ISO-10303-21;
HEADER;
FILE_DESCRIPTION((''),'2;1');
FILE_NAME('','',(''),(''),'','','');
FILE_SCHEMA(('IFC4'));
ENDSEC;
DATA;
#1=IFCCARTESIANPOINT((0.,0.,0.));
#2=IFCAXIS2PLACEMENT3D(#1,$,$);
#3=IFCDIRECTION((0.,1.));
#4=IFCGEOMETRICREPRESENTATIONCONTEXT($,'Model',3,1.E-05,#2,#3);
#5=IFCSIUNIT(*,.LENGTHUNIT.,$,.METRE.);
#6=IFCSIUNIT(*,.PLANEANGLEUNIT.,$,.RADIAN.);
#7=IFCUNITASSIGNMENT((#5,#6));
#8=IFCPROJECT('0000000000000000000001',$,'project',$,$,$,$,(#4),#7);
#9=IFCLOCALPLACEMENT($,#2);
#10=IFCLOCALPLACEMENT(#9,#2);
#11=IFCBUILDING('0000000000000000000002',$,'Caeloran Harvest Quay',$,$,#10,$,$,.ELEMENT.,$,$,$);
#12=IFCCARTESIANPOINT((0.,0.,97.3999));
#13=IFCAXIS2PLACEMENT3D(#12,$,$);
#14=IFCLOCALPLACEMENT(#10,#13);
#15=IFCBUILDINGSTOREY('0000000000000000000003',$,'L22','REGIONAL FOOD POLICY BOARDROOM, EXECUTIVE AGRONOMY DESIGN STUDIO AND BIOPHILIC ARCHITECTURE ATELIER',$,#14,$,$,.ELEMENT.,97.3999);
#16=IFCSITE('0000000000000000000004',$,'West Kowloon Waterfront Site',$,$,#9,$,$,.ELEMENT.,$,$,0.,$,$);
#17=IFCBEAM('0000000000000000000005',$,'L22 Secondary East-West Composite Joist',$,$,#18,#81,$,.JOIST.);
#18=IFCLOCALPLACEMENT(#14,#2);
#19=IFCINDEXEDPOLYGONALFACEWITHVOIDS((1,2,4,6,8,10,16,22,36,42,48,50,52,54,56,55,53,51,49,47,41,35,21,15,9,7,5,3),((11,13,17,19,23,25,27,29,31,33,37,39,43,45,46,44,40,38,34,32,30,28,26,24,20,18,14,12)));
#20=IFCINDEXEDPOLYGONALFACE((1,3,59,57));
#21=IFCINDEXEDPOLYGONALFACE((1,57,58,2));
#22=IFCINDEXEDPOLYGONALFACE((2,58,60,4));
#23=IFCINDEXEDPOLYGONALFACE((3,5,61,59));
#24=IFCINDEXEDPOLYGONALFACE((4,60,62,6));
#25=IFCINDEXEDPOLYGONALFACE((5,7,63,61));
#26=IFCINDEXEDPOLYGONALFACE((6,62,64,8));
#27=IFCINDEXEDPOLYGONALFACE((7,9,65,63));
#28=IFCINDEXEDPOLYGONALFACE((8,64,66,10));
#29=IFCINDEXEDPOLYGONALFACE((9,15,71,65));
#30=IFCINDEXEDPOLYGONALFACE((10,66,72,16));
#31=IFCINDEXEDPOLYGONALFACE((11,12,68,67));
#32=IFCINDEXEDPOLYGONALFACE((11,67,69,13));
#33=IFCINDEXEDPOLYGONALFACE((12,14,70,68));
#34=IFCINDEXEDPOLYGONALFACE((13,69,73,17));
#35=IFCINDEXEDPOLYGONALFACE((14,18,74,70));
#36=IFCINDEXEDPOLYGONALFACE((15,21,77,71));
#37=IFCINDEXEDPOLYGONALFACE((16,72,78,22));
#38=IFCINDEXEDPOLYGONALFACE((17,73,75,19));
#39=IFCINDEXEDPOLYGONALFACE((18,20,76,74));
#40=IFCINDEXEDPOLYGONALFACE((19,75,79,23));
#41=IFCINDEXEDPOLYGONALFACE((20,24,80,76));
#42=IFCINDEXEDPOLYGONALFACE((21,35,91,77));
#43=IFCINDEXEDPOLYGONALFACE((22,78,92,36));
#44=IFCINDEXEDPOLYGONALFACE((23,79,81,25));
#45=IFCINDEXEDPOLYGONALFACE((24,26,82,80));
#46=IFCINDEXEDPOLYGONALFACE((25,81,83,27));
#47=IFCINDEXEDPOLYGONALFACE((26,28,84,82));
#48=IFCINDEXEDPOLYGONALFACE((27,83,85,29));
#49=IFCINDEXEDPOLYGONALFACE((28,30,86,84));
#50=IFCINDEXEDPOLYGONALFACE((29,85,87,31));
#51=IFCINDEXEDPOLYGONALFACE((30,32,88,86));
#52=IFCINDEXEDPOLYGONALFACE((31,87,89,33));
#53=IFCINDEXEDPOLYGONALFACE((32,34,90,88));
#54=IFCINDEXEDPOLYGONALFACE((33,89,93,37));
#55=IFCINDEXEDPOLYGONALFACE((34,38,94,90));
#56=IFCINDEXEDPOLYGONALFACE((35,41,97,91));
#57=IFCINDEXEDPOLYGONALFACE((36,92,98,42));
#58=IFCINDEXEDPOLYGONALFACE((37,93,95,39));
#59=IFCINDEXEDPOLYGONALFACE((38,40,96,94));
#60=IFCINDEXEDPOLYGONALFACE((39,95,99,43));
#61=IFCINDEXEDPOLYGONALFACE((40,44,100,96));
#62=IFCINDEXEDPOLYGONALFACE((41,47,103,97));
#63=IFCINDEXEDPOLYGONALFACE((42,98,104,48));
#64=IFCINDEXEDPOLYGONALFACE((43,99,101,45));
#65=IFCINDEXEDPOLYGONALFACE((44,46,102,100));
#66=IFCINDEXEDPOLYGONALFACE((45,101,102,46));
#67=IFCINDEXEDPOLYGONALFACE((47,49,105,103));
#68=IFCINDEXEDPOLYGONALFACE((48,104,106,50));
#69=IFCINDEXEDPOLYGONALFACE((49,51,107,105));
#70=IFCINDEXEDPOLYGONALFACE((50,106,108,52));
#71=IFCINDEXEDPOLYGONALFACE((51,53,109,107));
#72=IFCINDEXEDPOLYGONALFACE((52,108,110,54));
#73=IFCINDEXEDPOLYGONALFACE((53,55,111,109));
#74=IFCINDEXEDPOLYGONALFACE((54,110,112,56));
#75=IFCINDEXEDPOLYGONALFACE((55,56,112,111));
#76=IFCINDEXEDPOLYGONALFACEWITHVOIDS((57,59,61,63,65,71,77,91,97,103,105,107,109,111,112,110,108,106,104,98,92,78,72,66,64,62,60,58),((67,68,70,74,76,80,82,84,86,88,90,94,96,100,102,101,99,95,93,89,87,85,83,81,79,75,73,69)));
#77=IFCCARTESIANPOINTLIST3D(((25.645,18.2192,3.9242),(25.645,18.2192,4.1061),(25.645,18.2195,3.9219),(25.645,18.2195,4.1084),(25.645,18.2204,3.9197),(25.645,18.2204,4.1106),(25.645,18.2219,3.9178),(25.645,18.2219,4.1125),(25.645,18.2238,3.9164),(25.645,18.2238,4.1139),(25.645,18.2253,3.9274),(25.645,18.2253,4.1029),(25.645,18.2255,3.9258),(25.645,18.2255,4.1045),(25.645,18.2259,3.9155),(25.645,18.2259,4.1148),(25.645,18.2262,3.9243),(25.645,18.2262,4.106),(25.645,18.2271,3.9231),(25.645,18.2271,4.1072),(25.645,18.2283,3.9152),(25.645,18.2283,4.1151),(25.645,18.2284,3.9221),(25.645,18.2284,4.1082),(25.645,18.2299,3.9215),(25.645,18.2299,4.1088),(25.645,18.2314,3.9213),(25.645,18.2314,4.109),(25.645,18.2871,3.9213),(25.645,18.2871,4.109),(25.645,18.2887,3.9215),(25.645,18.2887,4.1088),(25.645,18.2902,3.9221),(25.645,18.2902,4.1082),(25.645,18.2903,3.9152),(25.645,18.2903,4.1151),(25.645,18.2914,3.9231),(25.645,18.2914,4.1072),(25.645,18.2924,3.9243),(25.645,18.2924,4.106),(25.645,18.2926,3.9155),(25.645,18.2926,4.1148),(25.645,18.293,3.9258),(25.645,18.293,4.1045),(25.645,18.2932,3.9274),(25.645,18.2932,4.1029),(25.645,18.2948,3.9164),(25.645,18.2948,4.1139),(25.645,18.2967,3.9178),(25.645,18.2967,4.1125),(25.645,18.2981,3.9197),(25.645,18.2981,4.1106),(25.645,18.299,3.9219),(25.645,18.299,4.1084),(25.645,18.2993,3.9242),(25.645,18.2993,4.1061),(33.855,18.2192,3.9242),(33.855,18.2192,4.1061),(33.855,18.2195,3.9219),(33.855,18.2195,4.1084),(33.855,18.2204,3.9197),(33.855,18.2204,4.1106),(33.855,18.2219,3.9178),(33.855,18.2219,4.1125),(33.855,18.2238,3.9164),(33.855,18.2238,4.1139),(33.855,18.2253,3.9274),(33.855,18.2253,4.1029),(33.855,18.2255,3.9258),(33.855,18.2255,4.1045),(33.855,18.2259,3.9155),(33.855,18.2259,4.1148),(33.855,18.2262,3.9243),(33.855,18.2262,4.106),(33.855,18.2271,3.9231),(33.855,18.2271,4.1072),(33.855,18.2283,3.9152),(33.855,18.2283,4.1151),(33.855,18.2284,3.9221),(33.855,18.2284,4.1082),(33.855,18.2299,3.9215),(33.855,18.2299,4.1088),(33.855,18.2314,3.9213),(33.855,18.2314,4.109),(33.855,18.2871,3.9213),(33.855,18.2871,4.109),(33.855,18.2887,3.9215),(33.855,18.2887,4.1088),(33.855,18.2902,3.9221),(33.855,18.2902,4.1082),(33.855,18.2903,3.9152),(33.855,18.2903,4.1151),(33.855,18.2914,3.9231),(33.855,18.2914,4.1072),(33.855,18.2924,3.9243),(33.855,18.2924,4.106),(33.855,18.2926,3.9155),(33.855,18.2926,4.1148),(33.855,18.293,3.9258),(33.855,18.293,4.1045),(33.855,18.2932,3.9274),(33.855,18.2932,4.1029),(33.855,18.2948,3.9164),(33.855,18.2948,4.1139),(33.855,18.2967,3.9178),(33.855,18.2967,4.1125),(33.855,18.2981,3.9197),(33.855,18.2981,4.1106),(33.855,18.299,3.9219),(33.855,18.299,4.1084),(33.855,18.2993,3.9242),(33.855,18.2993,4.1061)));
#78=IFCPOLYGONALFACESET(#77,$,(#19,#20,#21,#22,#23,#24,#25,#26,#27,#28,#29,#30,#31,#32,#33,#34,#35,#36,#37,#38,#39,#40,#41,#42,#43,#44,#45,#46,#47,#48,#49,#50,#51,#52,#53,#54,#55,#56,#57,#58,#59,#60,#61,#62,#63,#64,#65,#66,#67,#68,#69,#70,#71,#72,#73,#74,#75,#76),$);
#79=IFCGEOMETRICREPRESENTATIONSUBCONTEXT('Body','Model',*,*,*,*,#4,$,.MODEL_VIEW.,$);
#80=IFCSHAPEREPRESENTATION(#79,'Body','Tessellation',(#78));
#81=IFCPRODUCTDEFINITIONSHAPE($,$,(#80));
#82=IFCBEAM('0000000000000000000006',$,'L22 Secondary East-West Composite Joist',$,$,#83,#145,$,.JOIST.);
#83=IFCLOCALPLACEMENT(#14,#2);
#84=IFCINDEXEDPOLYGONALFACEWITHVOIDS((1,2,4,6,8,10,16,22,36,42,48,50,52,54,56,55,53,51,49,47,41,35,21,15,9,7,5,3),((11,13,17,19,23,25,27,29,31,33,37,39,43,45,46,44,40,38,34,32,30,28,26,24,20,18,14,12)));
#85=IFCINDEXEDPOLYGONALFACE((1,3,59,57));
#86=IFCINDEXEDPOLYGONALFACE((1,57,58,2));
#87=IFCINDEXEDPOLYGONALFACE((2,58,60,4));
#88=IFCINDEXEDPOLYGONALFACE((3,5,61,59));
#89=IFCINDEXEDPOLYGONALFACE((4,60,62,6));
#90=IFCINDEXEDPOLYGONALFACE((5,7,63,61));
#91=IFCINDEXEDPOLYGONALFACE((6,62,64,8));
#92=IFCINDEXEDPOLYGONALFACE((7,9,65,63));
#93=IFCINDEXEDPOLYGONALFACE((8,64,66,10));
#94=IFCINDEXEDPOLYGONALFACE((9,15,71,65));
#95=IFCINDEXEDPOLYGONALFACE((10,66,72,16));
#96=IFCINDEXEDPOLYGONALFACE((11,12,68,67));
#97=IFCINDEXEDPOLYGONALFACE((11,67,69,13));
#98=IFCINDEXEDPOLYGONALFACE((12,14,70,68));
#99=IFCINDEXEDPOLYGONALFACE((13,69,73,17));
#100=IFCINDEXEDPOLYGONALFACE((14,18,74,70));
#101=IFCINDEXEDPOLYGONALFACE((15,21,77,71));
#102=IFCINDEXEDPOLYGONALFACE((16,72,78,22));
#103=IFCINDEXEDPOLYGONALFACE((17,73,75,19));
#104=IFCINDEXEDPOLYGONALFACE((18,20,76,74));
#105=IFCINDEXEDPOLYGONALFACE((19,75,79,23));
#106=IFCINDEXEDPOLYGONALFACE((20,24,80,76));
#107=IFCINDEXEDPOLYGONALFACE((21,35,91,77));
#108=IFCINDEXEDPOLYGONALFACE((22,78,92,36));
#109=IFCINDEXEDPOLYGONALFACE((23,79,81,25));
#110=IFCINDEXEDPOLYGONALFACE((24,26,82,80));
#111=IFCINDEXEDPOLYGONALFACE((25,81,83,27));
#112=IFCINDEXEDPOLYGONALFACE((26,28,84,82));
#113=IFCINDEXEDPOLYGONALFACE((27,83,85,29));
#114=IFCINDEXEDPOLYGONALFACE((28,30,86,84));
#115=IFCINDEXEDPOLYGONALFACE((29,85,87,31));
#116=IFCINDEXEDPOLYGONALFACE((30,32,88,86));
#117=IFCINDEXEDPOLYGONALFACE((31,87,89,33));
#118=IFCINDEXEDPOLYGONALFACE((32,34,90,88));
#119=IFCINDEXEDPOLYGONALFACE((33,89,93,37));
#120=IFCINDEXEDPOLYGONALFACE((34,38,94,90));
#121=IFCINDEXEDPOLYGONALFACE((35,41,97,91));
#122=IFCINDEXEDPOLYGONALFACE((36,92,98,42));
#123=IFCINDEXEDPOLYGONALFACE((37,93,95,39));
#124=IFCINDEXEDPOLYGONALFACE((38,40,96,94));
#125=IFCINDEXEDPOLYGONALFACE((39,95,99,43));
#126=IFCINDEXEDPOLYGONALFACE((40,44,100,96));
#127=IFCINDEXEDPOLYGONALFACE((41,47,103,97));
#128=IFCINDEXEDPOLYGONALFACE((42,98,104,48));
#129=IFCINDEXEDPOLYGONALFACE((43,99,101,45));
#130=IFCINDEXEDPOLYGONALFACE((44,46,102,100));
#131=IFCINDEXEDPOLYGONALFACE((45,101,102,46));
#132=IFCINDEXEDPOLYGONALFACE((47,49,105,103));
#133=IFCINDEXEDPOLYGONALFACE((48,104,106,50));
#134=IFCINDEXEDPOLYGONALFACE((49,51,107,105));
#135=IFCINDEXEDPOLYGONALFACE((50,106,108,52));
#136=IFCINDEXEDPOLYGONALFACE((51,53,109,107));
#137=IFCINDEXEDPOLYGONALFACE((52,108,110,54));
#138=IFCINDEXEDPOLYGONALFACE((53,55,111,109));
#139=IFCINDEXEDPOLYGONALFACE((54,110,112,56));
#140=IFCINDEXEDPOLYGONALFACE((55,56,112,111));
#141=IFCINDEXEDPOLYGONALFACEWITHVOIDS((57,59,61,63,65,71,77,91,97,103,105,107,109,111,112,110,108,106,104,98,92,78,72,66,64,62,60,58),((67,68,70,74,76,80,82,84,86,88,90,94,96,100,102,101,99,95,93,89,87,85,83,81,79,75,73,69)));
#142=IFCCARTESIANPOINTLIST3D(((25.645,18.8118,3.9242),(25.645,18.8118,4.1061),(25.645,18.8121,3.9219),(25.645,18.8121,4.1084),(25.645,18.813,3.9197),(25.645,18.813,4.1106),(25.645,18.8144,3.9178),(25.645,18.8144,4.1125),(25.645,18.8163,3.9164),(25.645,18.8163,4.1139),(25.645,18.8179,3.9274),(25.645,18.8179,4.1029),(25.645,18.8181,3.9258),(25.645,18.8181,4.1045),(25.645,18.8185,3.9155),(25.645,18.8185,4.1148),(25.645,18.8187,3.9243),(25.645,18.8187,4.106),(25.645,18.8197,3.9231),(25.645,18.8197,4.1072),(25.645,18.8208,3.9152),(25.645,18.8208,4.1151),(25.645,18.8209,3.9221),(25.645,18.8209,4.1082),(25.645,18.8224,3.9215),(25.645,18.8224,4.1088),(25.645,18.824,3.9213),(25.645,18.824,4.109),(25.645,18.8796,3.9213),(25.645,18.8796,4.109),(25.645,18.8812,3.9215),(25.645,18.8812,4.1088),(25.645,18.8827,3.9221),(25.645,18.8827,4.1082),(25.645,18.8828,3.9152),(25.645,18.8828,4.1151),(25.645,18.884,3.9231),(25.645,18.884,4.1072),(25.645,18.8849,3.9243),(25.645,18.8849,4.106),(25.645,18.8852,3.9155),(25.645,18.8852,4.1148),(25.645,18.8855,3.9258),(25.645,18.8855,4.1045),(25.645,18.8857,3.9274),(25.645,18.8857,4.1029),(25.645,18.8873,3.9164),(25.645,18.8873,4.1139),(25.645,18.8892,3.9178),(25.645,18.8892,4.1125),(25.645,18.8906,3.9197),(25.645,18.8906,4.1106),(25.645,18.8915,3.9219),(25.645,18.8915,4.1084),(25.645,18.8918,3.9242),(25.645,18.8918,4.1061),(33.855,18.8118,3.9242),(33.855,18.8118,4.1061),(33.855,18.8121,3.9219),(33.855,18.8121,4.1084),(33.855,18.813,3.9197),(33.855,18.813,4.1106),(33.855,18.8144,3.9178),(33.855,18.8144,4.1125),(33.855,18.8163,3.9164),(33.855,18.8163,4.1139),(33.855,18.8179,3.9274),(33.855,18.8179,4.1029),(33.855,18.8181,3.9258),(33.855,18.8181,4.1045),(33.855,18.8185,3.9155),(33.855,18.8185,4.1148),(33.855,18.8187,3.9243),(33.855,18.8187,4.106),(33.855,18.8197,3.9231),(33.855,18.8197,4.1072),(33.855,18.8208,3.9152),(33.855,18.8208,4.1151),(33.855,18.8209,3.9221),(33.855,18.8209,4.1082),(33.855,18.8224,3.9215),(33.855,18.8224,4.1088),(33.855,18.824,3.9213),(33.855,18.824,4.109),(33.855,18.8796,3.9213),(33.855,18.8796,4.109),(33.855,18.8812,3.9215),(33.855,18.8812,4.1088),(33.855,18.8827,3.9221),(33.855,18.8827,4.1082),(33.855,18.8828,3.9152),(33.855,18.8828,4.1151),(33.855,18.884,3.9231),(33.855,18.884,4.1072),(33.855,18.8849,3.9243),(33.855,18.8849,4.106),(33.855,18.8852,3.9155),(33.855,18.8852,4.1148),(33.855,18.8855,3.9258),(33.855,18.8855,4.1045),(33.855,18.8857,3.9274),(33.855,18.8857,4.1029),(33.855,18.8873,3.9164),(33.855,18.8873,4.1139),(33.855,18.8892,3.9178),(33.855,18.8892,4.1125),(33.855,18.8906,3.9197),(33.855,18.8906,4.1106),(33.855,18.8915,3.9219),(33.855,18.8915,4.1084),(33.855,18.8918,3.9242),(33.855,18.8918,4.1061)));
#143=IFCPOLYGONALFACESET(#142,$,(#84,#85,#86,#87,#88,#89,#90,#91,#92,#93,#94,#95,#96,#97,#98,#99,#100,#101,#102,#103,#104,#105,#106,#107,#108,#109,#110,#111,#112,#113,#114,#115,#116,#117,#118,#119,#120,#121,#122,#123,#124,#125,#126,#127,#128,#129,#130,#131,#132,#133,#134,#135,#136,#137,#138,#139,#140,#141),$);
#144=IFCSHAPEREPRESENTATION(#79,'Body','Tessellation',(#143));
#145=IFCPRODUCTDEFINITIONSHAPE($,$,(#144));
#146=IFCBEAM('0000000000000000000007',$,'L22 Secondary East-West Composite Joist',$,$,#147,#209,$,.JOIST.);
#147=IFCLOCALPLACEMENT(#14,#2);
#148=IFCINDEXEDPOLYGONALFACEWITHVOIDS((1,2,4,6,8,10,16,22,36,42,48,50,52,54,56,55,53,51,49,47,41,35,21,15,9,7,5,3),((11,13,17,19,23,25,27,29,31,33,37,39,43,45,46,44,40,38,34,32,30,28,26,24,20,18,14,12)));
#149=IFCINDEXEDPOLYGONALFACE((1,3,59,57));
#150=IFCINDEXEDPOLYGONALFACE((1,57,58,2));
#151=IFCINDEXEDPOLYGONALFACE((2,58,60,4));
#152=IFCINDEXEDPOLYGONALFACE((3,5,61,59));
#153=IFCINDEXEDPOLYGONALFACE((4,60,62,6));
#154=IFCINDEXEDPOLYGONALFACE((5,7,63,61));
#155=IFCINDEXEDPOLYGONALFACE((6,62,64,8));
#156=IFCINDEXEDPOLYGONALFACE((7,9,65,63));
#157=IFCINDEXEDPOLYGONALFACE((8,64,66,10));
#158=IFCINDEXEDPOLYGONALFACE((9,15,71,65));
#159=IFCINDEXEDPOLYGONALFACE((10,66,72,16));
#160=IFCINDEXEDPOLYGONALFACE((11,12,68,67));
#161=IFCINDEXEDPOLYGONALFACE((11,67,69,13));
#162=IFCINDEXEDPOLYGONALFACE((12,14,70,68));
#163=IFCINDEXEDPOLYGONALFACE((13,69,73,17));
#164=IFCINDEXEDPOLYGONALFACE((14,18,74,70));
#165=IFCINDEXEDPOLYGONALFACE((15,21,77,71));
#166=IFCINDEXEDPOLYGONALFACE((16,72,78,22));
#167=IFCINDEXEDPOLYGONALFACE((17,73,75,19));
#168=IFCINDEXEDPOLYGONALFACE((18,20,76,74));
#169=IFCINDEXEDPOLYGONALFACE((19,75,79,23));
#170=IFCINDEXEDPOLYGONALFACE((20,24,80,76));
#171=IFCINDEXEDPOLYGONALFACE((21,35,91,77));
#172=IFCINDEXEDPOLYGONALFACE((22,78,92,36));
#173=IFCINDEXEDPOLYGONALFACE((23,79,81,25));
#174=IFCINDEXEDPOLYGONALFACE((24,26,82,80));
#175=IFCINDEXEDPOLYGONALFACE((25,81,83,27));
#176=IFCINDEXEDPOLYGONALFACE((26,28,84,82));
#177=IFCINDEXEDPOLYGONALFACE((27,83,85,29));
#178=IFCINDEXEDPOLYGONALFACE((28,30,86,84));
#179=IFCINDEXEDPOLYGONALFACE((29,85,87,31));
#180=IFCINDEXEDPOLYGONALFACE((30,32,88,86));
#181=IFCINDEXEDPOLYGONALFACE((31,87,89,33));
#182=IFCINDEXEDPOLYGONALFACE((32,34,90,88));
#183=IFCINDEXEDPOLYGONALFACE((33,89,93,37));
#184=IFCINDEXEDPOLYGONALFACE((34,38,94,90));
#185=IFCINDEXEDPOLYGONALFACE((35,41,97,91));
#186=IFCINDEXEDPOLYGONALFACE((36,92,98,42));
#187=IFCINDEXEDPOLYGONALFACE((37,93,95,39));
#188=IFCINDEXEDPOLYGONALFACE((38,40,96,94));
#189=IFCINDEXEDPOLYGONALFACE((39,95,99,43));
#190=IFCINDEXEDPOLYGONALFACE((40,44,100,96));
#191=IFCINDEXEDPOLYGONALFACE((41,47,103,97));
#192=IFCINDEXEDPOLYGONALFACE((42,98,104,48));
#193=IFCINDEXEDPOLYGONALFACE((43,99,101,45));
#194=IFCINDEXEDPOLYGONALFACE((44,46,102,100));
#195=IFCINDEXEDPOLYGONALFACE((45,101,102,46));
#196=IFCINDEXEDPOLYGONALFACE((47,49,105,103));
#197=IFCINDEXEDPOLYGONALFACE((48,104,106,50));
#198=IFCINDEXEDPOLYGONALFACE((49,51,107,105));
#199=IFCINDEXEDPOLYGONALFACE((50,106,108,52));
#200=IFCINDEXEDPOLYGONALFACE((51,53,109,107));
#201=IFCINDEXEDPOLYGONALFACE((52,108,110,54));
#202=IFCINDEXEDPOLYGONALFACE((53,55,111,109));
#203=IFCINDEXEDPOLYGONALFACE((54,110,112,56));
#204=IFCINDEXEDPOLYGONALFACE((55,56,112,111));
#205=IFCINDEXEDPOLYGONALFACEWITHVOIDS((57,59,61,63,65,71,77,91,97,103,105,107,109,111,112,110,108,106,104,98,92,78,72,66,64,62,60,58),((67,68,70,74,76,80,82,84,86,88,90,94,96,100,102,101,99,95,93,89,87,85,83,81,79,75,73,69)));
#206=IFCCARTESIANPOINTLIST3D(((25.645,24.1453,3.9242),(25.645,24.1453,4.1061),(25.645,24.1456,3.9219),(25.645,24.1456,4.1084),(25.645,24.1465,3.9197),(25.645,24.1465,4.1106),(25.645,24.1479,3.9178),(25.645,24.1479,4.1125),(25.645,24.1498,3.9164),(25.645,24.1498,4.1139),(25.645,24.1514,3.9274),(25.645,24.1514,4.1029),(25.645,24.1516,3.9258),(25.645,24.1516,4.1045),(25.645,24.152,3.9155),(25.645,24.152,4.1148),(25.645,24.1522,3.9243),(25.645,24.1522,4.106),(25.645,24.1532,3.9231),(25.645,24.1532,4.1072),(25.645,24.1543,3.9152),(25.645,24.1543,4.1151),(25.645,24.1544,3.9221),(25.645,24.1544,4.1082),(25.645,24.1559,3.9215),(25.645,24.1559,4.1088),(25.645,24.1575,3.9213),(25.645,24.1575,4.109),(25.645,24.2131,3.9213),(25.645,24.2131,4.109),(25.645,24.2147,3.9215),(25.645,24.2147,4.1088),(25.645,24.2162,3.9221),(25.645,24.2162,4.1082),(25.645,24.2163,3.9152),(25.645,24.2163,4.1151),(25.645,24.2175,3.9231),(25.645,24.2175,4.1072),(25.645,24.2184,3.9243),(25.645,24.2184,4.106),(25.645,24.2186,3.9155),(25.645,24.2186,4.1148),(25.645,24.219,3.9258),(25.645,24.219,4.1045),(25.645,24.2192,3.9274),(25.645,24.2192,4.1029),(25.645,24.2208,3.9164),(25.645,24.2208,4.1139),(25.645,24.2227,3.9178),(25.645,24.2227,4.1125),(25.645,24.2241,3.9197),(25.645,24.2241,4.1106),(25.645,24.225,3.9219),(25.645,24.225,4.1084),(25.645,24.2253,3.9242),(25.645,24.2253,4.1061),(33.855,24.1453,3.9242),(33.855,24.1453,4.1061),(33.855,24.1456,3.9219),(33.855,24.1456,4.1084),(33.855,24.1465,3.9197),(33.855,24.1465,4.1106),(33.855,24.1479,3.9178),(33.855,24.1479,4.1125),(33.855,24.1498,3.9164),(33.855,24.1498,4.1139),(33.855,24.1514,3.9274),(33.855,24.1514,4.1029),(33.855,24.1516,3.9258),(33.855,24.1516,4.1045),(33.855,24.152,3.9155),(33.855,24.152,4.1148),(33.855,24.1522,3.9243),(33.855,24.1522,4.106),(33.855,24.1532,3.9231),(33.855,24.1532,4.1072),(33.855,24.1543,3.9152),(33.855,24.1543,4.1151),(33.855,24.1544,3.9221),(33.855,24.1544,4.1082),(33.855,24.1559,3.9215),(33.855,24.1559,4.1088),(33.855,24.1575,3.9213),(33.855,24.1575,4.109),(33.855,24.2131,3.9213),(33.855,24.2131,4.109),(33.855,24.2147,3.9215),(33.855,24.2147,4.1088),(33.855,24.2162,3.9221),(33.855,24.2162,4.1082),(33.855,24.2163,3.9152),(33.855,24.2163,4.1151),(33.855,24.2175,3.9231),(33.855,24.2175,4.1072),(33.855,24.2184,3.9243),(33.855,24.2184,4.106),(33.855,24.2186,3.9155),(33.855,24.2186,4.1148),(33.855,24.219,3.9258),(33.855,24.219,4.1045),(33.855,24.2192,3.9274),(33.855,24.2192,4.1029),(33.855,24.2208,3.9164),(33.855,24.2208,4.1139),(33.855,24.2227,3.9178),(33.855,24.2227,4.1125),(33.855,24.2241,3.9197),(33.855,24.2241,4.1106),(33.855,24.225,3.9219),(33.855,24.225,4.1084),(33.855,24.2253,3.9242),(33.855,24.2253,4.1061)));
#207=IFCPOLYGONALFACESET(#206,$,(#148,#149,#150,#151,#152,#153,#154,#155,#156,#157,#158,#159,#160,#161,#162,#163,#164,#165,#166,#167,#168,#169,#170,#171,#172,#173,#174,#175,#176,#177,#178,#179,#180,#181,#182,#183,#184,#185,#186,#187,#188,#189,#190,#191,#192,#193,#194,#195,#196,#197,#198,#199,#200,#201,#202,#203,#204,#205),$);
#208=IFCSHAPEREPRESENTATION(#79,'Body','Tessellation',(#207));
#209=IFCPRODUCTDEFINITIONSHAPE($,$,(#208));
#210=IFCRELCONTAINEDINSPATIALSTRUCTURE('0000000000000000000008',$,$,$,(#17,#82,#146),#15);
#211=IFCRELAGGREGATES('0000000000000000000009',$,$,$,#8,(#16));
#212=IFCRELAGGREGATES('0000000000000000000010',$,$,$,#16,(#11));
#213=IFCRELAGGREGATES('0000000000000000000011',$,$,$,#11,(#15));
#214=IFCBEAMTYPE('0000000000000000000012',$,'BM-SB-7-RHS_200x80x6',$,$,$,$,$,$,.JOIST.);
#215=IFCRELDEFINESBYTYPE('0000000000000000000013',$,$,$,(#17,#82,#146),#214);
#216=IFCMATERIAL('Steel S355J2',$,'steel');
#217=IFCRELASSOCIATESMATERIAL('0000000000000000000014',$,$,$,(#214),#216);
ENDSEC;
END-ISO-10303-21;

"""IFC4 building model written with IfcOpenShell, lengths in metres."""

from ifc_helpers import new_model, si_unit, direction, frame, origin, origin_2d, place, context, subcontext, project, spatial, hollow_rectangle, extrude, material, material_profile, profile_set, type_object, element, save


model = new_model("IFC4")

# Units and contexts
model_context = context("Model", 3, precision=1e-05, world=origin(), true_north=direction((0.0, 1.0)))
body_context = subcontext(model_context, "Body", "Model", "MODEL_VIEW")
ifc_project = project(units=[si_unit("LENGTHUNIT", "METRE"), si_unit("PLANEANGLEUNIT", "RADIAN")], contexts=[model_context])

# Site, building, storey
site_placement = place(None, origin())
site = spatial("IfcSite", under=ifc_project, at=site_placement, Name="West Kowloon Waterfront Site", CompositionType="ELEMENT", RefElevation=0.0)
building_placement = place(site_placement, origin())
building = spatial("IfcBuilding", under=site, at=building_placement, Name="Caeloran Harvest Quay", CompositionType="ELEMENT")
storey_placement = place(building_placement, frame((0.0, 0.0, 97.3999)))
storey = spatial("IfcBuildingStorey", under=building, at=storey_placement, Name="L22", Description="REGIONAL FOOD POLICY BOARDROOM, EXECUTIVE AGRONOMY DESIGN STUDIO AND BIOPHILIC ARCHITECTURE ATELIER", CompositionType="ELEMENT", Elevation=97.3999)

# Beams
ifc_material_1 = material(Name="Steel S355J2", Category="steel")
ifc_material_profile_1 = material_profile(ifc_material_1, hollow_rectangle(XDim=0.0801, YDim=0.2, WallThickness=0.0061, InnerFilletRadius=0.0061, OuterFilletRadius=0.009, at=origin_2d()), Name="RHS 200x80x6")
ifc_profile_set_1 = profile_set([ifc_material_profile_1], Name="Steel S355J2")
beam_type_1 = type_object("IfcBeamType", Name="BM-SB-7-RHS_200x80x6", PredefinedType="JOIST", material=ifc_profile_set_1)
for number, where, z_axis, x_axis, name in (
    (1, (25.645, 18.2593, 4.0151), (1.0, 0.0, 0.0), (0.0, 1.0, 0.0), "L22 Secondary East-West Composite Joist"),
    (2, (25.645, 18.8518, 4.0151), (1.0, 0.0, 0.0), (0.0, 1.0, 0.0), "L22 Secondary East-West Composite Joist"),
    (3, (25.645, 24.1853, 4.0151), (1.0, 0.0, 0.0), (0.0, 1.0, 0.0), "L22 Secondary East-West Composite Joist"),
):
    element("IfcBeam", number, at=place(storey_placement, frame(where, z_axis=z_axis, x_axis=x_axis)), inside=storey, type_object=beam_type_1, Name=name, PredefinedType="JOIST", context=body_context, shape_type="SweptSolid", body=[
        extrude(hollow_rectangle(XDim=0.0801, YDim=0.2, WallThickness=0.0061, InnerFilletRadius=0.0061, OuterFilletRadius=0.009, at=origin_2d()), origin(), (0.0, 0.0, 1.0), 8.21),
    ])

save(model, "model.ifc")
